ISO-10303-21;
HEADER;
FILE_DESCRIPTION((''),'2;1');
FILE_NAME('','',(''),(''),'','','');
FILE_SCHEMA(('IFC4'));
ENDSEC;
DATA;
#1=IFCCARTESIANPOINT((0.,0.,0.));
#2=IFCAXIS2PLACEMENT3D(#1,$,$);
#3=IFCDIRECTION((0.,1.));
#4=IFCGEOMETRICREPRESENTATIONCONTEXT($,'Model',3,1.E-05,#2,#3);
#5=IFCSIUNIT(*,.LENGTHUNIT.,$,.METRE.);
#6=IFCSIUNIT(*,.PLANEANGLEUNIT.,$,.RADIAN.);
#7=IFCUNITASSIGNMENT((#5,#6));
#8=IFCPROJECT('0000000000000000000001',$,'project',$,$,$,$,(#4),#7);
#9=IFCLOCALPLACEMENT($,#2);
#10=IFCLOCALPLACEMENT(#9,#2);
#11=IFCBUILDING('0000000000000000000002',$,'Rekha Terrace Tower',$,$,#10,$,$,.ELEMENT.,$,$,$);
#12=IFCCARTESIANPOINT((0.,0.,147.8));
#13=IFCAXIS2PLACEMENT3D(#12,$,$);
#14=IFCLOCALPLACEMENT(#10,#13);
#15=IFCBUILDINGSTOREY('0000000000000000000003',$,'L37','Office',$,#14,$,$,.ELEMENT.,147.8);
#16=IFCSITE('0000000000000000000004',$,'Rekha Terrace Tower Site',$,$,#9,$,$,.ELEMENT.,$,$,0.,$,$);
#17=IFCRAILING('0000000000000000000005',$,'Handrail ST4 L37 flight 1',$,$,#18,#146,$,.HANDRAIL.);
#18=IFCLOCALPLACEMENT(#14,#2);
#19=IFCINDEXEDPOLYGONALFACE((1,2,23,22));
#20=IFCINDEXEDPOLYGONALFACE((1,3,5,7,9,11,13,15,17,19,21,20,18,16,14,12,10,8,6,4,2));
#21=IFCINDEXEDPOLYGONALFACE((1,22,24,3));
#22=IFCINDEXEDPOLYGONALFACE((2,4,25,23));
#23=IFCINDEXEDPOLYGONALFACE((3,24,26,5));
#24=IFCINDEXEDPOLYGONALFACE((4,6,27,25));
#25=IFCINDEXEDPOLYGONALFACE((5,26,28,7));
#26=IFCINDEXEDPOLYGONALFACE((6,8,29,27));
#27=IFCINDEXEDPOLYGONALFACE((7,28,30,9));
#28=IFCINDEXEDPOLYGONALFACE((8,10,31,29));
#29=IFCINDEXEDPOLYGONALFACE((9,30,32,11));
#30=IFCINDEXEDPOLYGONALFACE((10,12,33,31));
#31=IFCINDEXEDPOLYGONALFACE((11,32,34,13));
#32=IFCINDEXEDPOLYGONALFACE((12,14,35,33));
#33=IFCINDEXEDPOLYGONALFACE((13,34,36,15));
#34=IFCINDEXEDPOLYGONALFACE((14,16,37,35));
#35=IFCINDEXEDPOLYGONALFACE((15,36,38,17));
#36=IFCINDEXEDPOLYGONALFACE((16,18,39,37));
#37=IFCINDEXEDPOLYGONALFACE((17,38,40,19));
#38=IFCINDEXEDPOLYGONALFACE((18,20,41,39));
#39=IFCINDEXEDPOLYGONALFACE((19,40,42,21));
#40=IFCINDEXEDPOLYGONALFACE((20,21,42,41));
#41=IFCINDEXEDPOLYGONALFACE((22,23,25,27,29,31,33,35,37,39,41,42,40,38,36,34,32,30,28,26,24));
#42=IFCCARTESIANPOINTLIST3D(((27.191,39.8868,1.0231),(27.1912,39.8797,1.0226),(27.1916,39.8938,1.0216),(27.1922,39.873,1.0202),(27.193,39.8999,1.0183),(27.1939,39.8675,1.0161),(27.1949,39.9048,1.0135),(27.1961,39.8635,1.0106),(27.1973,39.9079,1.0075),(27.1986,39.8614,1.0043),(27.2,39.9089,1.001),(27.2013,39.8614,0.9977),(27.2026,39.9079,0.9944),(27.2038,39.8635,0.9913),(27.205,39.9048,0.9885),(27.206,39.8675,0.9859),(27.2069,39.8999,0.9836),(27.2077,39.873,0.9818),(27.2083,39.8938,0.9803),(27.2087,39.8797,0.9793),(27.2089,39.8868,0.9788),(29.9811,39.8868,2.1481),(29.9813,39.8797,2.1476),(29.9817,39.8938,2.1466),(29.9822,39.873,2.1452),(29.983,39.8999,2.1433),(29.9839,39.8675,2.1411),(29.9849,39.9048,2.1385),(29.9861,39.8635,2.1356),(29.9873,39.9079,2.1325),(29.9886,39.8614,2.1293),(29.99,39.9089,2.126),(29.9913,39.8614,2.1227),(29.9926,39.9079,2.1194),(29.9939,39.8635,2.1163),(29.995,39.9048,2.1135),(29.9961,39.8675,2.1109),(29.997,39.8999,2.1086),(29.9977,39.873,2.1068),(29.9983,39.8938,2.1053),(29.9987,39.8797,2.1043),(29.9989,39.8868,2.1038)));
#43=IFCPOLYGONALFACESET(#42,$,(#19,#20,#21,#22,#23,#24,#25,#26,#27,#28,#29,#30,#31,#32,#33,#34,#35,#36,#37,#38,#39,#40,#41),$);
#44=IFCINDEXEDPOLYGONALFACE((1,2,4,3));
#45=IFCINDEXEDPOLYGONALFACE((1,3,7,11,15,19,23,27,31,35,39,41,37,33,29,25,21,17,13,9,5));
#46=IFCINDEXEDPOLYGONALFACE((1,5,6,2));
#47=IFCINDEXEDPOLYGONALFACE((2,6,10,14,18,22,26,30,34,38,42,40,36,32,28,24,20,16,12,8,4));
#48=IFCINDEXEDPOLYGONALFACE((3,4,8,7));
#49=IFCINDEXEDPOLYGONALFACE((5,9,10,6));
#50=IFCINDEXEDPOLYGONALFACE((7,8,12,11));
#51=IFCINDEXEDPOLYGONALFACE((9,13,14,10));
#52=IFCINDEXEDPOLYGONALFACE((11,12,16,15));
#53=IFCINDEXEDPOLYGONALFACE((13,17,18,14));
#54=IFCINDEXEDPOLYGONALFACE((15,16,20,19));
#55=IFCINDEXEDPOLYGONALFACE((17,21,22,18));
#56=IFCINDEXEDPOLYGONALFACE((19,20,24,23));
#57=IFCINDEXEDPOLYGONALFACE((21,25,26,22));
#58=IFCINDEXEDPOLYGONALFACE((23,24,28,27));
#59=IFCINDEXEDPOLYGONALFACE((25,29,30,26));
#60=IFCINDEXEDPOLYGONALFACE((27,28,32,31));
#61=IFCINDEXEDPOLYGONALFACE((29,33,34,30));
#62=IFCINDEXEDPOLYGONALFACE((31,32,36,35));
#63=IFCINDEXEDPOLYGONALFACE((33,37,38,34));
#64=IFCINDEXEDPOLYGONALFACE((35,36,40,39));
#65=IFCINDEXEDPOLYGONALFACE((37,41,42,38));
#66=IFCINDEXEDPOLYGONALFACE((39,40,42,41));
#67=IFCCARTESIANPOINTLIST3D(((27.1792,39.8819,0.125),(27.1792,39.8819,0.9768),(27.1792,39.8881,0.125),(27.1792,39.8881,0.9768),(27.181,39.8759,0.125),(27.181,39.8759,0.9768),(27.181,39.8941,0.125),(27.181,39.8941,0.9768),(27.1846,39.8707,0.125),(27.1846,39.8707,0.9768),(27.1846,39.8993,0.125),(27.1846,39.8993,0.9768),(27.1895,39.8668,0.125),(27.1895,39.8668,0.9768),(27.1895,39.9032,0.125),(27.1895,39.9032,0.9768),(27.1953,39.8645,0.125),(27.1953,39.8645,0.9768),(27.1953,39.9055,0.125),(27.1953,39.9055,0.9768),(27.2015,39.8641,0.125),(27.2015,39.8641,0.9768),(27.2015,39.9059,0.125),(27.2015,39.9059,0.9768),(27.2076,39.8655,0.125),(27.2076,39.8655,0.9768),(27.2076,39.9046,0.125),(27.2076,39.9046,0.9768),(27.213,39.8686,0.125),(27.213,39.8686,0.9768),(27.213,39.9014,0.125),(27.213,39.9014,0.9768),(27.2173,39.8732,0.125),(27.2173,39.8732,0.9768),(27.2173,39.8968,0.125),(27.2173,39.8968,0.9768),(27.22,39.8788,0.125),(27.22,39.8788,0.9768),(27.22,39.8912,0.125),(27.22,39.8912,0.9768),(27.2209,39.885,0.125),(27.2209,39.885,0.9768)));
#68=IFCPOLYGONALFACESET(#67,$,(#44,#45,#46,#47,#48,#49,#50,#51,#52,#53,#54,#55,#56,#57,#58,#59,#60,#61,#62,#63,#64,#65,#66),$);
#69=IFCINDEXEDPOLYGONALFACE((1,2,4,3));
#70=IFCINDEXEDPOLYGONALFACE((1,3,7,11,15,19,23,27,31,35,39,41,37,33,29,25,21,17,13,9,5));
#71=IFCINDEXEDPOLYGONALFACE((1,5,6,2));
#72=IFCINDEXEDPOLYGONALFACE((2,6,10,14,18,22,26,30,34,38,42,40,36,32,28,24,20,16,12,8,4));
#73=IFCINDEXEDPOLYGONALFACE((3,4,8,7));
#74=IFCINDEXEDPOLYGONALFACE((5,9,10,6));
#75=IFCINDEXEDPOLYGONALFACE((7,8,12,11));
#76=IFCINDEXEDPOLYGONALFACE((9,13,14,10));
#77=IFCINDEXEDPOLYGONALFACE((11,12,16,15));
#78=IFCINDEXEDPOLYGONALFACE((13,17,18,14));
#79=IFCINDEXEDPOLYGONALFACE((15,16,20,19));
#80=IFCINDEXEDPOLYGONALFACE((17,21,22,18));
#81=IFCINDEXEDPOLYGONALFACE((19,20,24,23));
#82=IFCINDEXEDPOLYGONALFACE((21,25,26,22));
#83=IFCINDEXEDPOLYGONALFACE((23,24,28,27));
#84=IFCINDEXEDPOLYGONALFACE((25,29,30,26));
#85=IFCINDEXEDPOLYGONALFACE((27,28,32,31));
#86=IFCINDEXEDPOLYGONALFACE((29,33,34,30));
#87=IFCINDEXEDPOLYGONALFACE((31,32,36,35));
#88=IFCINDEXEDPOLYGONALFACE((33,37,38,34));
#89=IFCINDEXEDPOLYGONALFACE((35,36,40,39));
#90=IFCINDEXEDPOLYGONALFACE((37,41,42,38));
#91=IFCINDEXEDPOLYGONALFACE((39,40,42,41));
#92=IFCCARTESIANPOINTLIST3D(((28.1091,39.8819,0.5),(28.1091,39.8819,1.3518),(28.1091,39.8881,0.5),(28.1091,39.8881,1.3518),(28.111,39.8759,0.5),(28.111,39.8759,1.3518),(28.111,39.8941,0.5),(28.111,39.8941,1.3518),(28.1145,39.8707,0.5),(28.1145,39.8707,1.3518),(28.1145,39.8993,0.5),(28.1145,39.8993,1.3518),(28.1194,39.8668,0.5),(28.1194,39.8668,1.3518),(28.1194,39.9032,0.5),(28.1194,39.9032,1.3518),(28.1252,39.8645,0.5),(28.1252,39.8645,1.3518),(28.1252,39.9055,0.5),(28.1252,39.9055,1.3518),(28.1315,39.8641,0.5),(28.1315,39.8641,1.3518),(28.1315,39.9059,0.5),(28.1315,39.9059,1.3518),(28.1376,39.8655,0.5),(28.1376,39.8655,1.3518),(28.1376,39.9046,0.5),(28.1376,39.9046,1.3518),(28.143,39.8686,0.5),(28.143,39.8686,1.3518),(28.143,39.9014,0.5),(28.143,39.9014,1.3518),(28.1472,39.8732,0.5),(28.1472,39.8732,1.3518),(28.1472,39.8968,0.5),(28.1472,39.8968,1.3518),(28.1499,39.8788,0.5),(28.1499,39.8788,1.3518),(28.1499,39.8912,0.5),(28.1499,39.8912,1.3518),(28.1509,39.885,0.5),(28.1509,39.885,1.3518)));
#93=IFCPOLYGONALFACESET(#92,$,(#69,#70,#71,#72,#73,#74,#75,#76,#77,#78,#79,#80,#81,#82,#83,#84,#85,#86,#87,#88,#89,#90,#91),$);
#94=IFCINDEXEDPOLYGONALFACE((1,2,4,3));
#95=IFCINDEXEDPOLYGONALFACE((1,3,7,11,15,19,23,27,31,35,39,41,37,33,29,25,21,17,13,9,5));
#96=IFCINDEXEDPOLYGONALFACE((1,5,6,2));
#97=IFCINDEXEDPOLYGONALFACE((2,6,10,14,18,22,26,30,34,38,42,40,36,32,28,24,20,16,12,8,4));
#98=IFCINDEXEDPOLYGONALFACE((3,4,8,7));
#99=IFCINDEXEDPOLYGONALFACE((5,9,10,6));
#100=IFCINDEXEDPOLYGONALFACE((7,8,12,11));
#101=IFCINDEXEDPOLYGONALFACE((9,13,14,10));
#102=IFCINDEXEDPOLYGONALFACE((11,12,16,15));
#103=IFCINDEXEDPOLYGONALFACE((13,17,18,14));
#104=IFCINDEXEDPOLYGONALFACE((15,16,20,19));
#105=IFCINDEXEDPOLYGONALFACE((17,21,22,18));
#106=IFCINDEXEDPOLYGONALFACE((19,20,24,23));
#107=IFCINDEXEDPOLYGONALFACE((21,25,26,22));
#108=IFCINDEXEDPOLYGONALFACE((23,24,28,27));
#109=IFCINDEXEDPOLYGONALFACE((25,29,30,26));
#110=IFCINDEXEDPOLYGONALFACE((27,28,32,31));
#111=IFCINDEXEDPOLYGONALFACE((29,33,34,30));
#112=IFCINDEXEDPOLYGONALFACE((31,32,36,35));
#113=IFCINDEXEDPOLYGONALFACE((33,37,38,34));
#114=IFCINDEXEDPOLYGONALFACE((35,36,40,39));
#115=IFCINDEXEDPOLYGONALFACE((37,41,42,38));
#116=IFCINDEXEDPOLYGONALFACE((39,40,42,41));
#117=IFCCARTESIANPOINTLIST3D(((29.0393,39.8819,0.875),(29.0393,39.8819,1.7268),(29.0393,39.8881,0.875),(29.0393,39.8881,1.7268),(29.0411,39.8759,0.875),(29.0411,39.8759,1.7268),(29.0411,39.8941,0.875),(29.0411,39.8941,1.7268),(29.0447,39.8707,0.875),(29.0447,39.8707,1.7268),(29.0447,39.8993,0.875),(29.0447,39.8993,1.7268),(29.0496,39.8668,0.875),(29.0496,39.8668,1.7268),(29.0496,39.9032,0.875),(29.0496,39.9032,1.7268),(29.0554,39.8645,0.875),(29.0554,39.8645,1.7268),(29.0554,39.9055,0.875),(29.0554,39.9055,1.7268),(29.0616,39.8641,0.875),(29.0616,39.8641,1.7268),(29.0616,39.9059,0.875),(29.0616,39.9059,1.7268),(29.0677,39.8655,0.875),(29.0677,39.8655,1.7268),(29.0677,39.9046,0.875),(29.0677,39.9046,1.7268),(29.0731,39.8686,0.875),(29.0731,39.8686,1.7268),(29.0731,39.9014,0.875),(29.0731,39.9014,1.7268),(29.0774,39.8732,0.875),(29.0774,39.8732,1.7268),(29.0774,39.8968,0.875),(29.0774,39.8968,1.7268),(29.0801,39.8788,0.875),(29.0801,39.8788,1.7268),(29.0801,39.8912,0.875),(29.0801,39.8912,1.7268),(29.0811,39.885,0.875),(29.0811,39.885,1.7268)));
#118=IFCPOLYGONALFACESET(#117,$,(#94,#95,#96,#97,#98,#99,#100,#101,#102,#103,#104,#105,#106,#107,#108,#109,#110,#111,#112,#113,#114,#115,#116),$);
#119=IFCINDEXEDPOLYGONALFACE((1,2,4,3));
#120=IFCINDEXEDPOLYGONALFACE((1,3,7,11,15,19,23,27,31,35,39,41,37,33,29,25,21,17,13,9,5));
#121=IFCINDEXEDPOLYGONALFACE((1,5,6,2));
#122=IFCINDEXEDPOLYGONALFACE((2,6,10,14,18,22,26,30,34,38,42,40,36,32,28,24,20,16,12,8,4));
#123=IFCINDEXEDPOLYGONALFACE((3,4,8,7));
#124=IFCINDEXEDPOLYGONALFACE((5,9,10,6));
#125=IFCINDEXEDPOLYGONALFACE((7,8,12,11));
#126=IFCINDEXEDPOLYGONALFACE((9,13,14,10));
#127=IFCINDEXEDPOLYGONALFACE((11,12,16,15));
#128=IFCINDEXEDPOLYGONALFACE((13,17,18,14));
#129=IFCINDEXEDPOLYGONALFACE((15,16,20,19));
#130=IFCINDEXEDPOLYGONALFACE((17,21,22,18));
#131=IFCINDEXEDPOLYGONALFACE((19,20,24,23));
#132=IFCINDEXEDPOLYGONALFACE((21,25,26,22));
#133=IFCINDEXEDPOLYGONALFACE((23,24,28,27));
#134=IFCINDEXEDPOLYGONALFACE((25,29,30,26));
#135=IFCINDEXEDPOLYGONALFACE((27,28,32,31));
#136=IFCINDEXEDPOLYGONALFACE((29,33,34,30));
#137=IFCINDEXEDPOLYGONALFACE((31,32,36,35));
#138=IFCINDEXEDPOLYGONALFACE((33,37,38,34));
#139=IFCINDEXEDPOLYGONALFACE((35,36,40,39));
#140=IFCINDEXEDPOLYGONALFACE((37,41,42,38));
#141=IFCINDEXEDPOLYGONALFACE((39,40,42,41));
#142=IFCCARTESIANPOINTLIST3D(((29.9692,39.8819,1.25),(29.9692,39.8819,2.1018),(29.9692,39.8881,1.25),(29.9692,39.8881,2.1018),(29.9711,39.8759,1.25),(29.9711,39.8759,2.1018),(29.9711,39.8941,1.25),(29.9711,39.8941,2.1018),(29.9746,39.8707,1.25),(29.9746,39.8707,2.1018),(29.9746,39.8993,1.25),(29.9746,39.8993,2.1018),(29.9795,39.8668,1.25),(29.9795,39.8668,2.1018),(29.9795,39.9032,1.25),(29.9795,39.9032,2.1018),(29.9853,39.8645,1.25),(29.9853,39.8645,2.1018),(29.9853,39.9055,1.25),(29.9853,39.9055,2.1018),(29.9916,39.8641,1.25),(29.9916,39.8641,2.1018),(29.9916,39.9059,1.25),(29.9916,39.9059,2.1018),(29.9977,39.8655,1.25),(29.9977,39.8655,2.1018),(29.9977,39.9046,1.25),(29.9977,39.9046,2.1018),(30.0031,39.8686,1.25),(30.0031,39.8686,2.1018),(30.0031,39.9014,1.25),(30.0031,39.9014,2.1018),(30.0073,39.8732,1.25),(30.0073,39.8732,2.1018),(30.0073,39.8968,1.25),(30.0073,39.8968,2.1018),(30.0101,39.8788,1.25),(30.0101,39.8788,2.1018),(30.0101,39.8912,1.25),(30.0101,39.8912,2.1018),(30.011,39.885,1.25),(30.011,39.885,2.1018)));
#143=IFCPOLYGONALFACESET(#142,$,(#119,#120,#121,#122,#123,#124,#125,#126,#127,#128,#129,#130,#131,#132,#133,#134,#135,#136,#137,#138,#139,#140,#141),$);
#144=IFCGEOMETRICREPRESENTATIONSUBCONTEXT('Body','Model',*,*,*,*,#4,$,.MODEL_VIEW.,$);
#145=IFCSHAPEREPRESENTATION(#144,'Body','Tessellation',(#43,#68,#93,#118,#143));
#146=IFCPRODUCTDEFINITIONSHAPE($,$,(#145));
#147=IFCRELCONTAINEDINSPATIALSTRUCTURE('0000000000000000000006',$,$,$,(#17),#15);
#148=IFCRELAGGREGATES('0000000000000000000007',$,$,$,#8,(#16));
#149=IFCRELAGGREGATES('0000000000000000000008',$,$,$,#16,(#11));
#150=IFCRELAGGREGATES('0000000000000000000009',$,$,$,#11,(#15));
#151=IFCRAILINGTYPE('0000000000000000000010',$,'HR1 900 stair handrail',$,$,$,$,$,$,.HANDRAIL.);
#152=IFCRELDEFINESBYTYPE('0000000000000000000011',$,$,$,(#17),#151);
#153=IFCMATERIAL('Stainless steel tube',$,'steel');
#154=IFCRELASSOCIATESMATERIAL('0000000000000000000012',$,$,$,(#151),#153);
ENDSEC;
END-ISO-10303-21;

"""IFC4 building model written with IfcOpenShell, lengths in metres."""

from ifc_helpers import new_model, si_unit, direction, frame, origin, origin_2d, place, context, subcontext, project, spatial, circle, extrude, material, type_object, element, save


model = new_model("IFC4")

# Units and contexts
model_context = context("Model", 3, precision=1e-05, world=origin(), true_north=direction((0.0, 1.0)))
body_context = subcontext(model_context, "Body", "Model", "MODEL_VIEW")
ifc_project = project(units=[si_unit("LENGTHUNIT", "METRE"), si_unit("PLANEANGLEUNIT", "RADIAN")], contexts=[model_context])

# Site, building, storey
site_placement = place(None, origin())
site = spatial("IfcSite", under=ifc_project, at=site_placement, Name="Rekha Terrace Tower Site", CompositionType="ELEMENT", RefElevation=0.0)
building_placement = place(site_placement, origin())
building = spatial("IfcBuilding", under=site, at=building_placement, Name="Rekha Terrace Tower", CompositionType="ELEMENT")
storey_placement = place(building_placement, frame((0.0, 0.0, 147.8)))
storey = spatial("IfcBuildingStorey", under=building, at=storey_placement, Name="L37", Description="Office", CompositionType="ELEMENT", Elevation=147.8)

# Railing
ifc_material_1 = material(Name="Stainless steel tube", Category="steel")
railing_type_1 = type_object("IfcRailingType", Name="HR1 900 stair handrail", PredefinedType="HANDRAIL", material=ifc_material_1)
railing_1_placement = place(storey_placement, frame((27.2, 39.885, 0.125)))
element("IfcRailing", 1, at=railing_1_placement, inside=storey, type_object=railing_type_1, Name="Handrail ST4 L37 flight 1", PredefinedType="HANDRAIL", context=body_context, shape_type="SweptSolid", body=[
    extrude(circle(Radius=0.0239, at=origin_2d()), frame((0.0, 0.0, 0.876), z_axis=(0.927443, 0.0, 0.373964), x_axis=(0.0, 1.0, 0.0)), (0.0, 0.0, 1.0), 3.0083),
    extrude(circle(Radius=0.021, at=origin_2d()), origin(), (0.0, 0.0, 1.0), 0.8518),
    extrude(circle(Radius=0.021, at=origin_2d()), frame((0.9299, 0.0, 0.375)), (0.0, 0.0, 1.0), 0.8518),
    extrude(circle(Radius=0.021, at=origin_2d()), frame((1.8601, 0.0, 0.75)), (0.0, 0.0, 1.0), 0.8518),
    extrude(circle(Radius=0.021, at=origin_2d()), frame((2.79, 0.0, 1.125)), (0.0, 0.0, 1.0), 0.8518),
])

save(model, "model.ifc")
